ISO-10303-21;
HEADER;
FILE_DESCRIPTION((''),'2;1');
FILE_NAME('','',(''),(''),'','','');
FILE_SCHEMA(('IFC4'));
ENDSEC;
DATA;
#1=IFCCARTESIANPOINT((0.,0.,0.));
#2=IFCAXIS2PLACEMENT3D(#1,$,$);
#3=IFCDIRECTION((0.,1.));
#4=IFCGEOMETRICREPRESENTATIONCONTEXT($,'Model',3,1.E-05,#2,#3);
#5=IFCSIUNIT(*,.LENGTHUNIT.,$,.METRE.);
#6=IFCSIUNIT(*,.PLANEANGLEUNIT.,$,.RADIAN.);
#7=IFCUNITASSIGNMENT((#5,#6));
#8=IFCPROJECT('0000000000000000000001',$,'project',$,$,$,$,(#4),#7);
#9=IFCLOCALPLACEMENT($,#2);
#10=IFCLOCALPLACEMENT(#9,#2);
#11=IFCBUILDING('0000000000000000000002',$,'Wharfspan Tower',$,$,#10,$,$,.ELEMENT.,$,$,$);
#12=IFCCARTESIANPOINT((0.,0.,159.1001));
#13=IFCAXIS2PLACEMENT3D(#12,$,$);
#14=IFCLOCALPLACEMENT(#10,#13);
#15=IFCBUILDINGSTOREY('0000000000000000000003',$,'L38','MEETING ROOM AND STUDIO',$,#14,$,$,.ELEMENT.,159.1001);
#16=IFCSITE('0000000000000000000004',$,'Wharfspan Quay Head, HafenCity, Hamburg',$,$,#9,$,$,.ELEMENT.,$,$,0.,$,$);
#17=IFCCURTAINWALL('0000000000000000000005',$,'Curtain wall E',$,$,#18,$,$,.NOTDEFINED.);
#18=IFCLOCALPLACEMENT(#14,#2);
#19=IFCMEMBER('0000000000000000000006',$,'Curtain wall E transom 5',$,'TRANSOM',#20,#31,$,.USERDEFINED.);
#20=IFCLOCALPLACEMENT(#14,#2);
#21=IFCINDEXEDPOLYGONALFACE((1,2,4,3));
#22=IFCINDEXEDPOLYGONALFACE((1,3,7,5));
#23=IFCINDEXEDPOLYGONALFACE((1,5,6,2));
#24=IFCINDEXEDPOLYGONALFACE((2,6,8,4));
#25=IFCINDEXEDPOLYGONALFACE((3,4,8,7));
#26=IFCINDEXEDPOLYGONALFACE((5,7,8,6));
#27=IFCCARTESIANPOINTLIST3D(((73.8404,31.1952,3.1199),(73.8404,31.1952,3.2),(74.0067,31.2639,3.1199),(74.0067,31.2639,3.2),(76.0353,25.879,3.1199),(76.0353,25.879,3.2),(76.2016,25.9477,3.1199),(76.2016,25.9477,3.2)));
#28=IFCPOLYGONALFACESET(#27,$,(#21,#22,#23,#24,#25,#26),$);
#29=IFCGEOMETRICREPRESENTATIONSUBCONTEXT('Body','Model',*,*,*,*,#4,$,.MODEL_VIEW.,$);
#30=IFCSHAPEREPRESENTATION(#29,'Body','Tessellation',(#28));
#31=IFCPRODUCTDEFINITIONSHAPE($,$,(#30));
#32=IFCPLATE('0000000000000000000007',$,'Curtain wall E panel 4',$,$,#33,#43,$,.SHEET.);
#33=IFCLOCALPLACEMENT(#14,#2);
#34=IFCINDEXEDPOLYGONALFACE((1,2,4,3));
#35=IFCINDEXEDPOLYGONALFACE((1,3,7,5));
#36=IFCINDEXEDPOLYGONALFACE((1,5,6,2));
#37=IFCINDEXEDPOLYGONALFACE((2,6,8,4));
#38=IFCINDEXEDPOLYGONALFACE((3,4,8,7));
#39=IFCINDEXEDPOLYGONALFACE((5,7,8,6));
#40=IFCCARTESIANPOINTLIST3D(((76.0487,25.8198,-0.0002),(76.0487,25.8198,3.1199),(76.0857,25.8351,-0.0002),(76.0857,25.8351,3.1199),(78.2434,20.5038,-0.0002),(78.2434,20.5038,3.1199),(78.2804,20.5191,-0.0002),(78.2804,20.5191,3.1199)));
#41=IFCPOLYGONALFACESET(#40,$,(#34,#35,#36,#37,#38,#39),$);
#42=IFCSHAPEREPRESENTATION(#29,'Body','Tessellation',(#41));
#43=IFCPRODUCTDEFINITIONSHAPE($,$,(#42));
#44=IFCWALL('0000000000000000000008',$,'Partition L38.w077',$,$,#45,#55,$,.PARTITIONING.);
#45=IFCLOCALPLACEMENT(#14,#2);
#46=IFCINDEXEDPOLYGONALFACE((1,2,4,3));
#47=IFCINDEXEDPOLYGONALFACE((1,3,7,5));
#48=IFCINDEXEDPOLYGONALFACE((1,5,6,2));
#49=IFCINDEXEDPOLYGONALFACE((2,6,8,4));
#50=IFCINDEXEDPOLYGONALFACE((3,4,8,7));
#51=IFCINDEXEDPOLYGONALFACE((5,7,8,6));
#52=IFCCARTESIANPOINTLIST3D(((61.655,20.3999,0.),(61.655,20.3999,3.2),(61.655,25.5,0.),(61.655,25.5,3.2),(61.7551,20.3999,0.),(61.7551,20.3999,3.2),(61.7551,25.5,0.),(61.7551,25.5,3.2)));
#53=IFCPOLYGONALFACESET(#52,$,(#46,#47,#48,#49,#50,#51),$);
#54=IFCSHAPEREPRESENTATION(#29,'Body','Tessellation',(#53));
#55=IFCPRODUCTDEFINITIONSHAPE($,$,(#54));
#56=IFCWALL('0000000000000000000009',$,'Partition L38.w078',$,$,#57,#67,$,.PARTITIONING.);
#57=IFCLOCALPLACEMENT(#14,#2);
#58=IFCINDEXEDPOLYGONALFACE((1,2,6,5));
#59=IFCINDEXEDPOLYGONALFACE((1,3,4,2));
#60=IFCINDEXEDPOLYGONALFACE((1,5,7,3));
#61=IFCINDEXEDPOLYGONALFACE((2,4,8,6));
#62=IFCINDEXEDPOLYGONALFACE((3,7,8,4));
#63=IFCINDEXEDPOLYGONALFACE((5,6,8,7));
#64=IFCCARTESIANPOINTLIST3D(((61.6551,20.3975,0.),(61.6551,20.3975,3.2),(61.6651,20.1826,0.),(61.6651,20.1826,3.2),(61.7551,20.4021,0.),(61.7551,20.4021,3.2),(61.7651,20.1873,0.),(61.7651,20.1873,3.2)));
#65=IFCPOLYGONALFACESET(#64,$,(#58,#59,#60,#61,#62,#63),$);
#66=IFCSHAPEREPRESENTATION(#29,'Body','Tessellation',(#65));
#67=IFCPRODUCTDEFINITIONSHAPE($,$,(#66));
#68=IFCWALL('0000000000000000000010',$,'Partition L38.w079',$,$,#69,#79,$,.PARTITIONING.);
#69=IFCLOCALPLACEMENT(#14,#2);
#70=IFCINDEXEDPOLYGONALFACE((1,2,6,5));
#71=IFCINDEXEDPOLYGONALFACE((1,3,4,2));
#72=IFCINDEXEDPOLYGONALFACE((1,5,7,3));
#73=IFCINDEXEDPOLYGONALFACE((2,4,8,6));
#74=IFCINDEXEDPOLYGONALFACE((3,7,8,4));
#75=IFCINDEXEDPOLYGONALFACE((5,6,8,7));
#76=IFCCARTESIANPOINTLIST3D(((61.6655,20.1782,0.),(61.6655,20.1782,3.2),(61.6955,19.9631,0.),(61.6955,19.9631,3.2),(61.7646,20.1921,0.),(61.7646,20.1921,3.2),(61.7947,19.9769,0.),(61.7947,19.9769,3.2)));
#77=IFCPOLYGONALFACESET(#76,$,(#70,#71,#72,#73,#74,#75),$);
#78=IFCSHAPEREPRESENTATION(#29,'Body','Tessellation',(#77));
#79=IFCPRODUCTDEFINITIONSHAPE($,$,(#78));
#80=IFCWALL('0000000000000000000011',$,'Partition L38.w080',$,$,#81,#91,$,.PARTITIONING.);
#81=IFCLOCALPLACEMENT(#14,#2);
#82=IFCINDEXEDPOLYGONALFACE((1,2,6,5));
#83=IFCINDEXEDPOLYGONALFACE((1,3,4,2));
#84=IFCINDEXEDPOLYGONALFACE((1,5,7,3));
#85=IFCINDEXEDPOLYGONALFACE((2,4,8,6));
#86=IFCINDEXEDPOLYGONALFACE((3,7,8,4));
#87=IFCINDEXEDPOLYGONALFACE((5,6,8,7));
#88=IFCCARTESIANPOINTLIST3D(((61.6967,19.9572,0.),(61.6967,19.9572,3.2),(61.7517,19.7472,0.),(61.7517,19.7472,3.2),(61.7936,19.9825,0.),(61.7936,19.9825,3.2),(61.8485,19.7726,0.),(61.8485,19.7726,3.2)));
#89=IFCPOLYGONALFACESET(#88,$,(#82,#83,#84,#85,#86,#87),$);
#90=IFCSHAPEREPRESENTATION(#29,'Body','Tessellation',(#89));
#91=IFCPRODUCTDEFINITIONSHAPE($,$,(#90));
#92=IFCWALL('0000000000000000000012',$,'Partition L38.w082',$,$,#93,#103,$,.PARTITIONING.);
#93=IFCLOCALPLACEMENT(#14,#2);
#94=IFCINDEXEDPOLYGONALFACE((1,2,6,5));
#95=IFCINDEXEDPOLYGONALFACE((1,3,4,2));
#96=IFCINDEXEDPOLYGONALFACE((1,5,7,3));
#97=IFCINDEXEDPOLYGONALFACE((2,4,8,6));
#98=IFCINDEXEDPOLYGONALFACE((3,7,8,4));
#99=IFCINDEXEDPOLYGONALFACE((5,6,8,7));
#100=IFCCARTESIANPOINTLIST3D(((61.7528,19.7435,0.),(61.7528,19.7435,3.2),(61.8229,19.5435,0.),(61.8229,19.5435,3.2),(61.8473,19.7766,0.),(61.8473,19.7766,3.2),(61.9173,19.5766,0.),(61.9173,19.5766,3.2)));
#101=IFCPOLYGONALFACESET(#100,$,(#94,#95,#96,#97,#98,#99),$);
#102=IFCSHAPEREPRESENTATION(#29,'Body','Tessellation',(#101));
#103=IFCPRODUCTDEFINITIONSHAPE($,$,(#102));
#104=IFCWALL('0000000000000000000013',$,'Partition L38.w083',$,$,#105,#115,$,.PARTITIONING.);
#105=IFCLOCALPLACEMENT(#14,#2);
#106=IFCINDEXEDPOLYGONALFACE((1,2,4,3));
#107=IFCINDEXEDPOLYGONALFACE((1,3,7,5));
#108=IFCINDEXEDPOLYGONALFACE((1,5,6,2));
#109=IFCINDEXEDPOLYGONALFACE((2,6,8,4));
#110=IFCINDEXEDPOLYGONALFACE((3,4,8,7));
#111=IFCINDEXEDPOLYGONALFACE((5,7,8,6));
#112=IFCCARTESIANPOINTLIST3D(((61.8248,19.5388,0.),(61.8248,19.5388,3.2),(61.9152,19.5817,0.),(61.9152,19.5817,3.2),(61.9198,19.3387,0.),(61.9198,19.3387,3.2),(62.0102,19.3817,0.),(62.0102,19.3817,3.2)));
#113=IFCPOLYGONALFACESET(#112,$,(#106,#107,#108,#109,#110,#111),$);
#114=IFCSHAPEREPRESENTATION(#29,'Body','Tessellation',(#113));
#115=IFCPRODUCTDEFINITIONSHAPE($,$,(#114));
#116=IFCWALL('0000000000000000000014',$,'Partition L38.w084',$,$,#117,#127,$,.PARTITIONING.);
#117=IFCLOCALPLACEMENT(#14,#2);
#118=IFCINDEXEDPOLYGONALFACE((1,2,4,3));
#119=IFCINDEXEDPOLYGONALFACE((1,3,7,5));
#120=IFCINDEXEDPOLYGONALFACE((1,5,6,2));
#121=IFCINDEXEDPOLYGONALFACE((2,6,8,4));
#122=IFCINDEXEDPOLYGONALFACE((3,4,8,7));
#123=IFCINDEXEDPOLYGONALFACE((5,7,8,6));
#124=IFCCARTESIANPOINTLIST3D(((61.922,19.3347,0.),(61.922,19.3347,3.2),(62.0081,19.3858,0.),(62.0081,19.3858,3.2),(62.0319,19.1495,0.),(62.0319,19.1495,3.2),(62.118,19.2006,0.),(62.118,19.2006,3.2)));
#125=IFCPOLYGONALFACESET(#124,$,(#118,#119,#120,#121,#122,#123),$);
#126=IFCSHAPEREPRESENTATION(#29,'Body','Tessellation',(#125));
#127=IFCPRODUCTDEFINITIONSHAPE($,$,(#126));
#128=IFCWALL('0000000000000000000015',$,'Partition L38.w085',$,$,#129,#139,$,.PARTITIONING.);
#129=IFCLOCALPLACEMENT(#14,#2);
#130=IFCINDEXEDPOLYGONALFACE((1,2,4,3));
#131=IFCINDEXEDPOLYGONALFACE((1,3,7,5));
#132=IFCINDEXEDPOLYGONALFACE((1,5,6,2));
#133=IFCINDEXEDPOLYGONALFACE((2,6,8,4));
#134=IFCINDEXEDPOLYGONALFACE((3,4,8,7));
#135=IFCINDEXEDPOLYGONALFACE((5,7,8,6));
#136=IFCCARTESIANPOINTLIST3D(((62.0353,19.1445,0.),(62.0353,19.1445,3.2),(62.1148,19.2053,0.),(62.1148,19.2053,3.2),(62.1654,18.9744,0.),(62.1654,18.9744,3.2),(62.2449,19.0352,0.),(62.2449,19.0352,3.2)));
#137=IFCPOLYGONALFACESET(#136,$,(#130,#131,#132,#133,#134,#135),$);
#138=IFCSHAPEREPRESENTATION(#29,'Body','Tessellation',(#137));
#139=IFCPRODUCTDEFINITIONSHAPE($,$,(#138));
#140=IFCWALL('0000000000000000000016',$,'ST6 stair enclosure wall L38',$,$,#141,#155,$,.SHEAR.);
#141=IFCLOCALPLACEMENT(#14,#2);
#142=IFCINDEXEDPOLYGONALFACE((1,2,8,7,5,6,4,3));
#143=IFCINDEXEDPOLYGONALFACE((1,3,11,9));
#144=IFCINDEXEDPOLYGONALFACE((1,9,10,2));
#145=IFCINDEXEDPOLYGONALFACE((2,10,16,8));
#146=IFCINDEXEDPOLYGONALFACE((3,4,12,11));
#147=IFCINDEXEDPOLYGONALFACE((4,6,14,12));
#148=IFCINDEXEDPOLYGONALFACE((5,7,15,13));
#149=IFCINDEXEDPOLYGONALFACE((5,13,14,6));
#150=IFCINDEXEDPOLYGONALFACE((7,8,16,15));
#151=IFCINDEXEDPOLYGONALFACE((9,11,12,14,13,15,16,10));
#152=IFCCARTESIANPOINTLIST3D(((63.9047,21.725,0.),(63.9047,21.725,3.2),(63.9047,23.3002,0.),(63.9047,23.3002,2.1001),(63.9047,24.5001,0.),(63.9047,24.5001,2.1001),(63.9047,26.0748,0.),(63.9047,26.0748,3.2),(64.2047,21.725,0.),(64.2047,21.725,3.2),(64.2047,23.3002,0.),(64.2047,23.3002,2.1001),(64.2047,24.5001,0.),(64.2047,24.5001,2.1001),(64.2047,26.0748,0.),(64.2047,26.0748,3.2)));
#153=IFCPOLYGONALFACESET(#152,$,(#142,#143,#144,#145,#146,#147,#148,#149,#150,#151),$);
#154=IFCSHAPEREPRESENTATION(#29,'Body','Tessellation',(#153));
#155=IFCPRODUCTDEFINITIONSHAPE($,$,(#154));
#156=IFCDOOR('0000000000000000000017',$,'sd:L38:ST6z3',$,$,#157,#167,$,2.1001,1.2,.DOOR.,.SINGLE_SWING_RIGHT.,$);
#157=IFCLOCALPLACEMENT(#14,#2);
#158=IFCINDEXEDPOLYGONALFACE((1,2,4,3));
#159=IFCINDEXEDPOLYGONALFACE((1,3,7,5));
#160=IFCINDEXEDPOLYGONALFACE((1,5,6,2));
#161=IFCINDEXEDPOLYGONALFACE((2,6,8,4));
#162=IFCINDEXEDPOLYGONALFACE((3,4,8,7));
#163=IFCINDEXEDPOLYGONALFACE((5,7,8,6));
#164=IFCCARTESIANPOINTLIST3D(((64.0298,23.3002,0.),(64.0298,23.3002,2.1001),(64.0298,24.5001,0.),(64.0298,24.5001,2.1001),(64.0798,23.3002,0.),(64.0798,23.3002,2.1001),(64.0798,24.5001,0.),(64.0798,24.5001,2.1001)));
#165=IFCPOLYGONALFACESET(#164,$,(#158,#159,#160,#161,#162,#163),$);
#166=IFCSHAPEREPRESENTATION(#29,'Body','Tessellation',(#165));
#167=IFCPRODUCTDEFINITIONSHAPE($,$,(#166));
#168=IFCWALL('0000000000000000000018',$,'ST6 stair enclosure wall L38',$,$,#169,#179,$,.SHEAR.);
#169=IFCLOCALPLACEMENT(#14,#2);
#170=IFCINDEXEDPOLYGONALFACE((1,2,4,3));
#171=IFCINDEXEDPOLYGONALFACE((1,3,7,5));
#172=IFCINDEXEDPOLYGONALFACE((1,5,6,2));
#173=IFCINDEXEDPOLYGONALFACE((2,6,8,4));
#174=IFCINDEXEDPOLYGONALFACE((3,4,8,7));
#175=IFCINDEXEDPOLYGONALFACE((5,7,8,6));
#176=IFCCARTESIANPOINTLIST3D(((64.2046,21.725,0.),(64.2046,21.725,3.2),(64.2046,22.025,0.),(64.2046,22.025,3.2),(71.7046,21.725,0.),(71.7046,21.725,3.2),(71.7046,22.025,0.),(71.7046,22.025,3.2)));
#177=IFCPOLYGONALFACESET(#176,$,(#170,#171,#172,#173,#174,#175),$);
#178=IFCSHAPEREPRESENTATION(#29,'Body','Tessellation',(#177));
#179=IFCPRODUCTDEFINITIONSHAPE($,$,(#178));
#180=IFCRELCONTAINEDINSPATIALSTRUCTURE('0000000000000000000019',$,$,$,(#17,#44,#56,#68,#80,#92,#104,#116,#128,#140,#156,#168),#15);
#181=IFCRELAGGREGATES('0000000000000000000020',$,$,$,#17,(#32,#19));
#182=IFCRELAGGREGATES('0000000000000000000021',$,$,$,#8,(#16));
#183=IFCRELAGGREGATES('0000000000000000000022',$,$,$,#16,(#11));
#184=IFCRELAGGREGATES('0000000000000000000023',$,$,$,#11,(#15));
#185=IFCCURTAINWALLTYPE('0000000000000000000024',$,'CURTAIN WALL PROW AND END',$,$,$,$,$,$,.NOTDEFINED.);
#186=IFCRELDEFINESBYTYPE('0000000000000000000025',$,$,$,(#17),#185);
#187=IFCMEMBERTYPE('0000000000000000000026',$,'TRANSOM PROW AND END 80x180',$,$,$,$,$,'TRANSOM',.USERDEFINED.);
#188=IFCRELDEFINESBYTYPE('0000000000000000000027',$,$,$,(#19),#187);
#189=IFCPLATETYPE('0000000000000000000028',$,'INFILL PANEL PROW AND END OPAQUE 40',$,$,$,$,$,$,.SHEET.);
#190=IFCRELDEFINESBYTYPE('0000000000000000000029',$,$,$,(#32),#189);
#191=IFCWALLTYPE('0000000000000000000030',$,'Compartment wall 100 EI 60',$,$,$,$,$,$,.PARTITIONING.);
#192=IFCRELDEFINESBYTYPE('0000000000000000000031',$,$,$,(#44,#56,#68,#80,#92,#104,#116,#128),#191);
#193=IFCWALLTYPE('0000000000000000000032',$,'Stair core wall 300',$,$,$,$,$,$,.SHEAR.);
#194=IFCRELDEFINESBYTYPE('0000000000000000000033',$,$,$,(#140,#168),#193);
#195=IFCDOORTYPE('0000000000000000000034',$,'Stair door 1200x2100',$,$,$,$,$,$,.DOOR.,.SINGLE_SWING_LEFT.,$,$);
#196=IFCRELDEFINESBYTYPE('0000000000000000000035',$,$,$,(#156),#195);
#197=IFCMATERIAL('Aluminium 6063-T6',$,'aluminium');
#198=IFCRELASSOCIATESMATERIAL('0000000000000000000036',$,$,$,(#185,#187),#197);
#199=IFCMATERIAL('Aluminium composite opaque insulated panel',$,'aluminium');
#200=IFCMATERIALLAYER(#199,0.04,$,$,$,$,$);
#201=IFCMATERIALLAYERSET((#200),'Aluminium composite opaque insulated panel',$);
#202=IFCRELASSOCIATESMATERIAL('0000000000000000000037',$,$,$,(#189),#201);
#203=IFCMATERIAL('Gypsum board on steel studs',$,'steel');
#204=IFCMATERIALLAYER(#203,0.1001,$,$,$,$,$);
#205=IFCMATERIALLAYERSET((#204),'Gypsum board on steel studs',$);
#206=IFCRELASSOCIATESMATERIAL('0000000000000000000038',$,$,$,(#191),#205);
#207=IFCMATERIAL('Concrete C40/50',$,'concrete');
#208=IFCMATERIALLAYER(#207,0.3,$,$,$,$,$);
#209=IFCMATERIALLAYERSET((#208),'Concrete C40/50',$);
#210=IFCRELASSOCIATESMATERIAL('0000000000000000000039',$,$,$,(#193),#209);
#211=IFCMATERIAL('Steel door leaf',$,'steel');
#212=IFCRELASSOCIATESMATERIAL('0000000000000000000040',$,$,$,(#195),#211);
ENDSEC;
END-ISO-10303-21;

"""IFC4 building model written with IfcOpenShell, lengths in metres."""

from ifc_helpers import new_model, si_unit, direction, frame, frame_2d, origin, origin_2d, place, context, subcontext, project, spatial, rectangle, extrude, material, layer, layer_set, material_profile, profile_set, type_object, element, fill, aggregate, save


model = new_model("IFC4")

# Units and contexts
model_context = context("Model", 3, precision=1e-05, world=origin(), true_north=direction((0.0, 1.0)))
body_context = subcontext(model_context, "Body", "Model", "MODEL_VIEW")
ifc_project = project(units=[si_unit("LENGTHUNIT", "METRE"), si_unit("PLANEANGLEUNIT", "RADIAN")], contexts=[model_context])

# Site, building, storey
site_placement = place(None, origin())
site = spatial("IfcSite", under=ifc_project, at=site_placement, Name="Wharfspan Quay Head, HafenCity, Hamburg", CompositionType="ELEMENT", RefElevation=0.0)
building_placement = place(site_placement, origin())
building = spatial("IfcBuilding", under=site, at=building_placement, Name="Wharfspan Tower", CompositionType="ELEMENT")
storey_placement = place(building_placement, frame((0.0, 0.0, 159.1001)))
storey = spatial("IfcBuildingStorey", under=building, at=storey_placement, Name="L38", Description="MEETING ROOM AND STUDIO", CompositionType="ELEMENT", Elevation=159.1001)

# Curtain wall
ifc_material_1 = material(Name="Aluminium 6063-T6", Category="aluminium")
curtain_wall_type = type_object("IfcCurtainWallType", Name="CURTAIN WALL PROW AND END", PredefinedType="NOTDEFINED", material=ifc_material_1)
curtain_wall_placement = place(storey_placement, origin())
curtain_wall = element("IfcCurtainWall", 1, at=curtain_wall_placement, inside=storey, type_object=curtain_wall_type, Name="Curtain wall E", PredefinedType="NOTDEFINED")

# Member
ifc_material_profile_1 = material_profile(ifc_material_1, rectangle(XDim=0.1799, YDim=0.0801, at=origin_2d()))
ifc_profile_set_1 = profile_set([ifc_material_profile_1], Name="Aluminium 6063-T6")
member_type_1 = type_object("IfcMemberType", Name="TRANSOM PROW AND END 80x180", ElementType="TRANSOM", PredefinedType="USERDEFINED", material=ifc_profile_set_1)
member_1_placement = place(storey_placement, frame((76.1184, 25.9133, 3.1599), z_axis=(-0.381614, 0.924322, 0.0), x_axis=(-0.924322, -0.381614, 0.0)))
member_1 = element("IfcMember", 2, at=member_1_placement, type_object=member_type_1, Name="Curtain wall E transom 5", ObjectType="TRANSOM", PredefinedType="USERDEFINED", context=body_context, shape_type="SweptSolid", body=[
    extrude(rectangle(XDim=0.1799, YDim=0.0801, at=origin_2d()), origin(), (0.0, 0.0, 1.0), 5.7515),
])

# Plate
ifc_material_2 = material(Name="Aluminium composite opaque insulated panel", Category="aluminium")
ifc_layer_1 = layer(ifc_material_2, 0.04)
ifc_layer_set_1 = layer_set([ifc_layer_1], Name="Aluminium composite opaque insulated panel")
plate_type = type_object("IfcPlateType", Name="INFILL PANEL PROW AND END OPAQUE 40", PredefinedType="SHEET", material=ifc_layer_set_1)
plate_placement = place(storey_placement, frame((77.1646, 23.1694, -0.0002), z_axis=(0.0, 0.0, 1.0), x_axis=(-0.381602, 0.924325, 0.0)))
plate = element("IfcPlate", 3, at=plate_placement, type_object=plate_type, Name="Curtain wall E panel 4", PredefinedType="SHEET", context=body_context, shape_type="SweptSolid", body=[
    extrude(rectangle(XDim=5.7512, YDim=0.04, at=origin_2d()), origin(), (0.0, 0.0, 1.0), 3.1201),
])
aggregate(curtain_wall, [plate, member_1])

# Walls
ifc_material_3 = material(Name="Gypsum board on steel studs", Category="steel")
ifc_layer_2 = layer(ifc_material_3, 0.1001)
ifc_layer_set_2 = layer_set([ifc_layer_2], Name="Gypsum board on steel studs")
wall_type_1 = type_object("IfcWallType", Name="Compartment wall 100 EI 60", PredefinedType="PARTITIONING", material=ifc_layer_set_2)
wall_1_placement = place(storey_placement, frame((61.7051, 20.3999, 0.0), z_axis=(0.0, 0.0, 1.0), x_axis=(0.0, 1.0, 0.0)))
element("IfcWall", 4, at=wall_1_placement, inside=storey, type_object=wall_type_1, Name="Partition L38.w077", PredefinedType="PARTITIONING", context=body_context, shape_type="SweptSolid", body=[
    extrude(rectangle(XDim=5.1001, YDim=0.1001, at=frame_2d((2.55, 0.0))), origin(), (0.0, 0.0, 1.0), 3.2),
])
wall_2_placement = place(storey_placement, frame((61.7151, 20.1851, 0.0), z_axis=(0.0, 0.0, 1.0), x_axis=(-0.04654, 0.998912, 0.0)))
element("IfcWall", 5, at=wall_2_placement, inside=storey, type_object=wall_type_1, Name="Partition L38.w078", PredefinedType="PARTITIONING", context=body_context, shape_type="SweptSolid", body=[
    extrude(rectangle(XDim=0.2151, YDim=0.1001, at=frame_2d((0.1074, 0.0))), origin(), (0.0, 0.0, 1.0), 3.2),
])
wall_3_placement = place(storey_placement, frame((61.7451, 19.97, 0.0), z_axis=(0.0, 0.0, 1.0), x_axis=(-0.138273, 0.990394, 0.0)))
element("IfcWall", 6, at=wall_3_placement, inside=storey, type_object=wall_type_1, Name="Partition L38.w079", PredefinedType="PARTITIONING", context=body_context, shape_type="SweptSolid", body=[
    extrude(rectangle(XDim=0.2173, YDim=0.1001, at=frame_2d((0.1086, 0.0))), origin(), (0.0, 0.0, 1.0), 3.2),
])
wall_4_placement = place(storey_placement, frame((61.8, 19.76, 0.0), z_axis=(0.0, 0.0, 1.0), x_axis=(-0.253108, 0.967435, 0.0)))
element("IfcWall", 7, at=wall_4_placement, inside=storey, type_object=wall_type_1, Name="Partition L38.w080", PredefinedType="PARTITIONING", context=body_context, shape_type="SweptSolid", body=[
    extrude(rectangle(XDim=0.217, YDim=0.1001, at=frame_2d((0.1084, 0.0))), origin(), (0.0, 0.0, 1.0), 3.2),
])
wall_5_placement = place(storey_placement, frame((61.8701, 19.5601, 0.0), z_axis=(0.0, 0.0, 1.0), x_axis=(-0.330711, 0.943736, 0.0)))
element("IfcWall", 8, at=wall_5_placement, inside=storey, type_object=wall_type_1, Name="Partition L38.w082", PredefinedType="PARTITIONING", context=body_context, shape_type="SweptSolid", body=[
    extrude(rectangle(XDim=0.2119, YDim=0.1001, at=frame_2d((0.106, 0.0))), origin(), (0.0, 0.0, 1.0), 3.2),
])
wall_6_placement = place(storey_placement, frame((61.9651, 19.3601, 0.0), z_axis=(0.0, 0.0, 1.0), x_axis=(-0.429036, 0.903292, 0.0)))
element("IfcWall", 9, at=wall_6_placement, inside=storey, type_object=wall_type_1, Name="Partition L38.w083", PredefinedType="PARTITIONING", context=body_context, shape_type="SweptSolid", body=[
    extrude(rectangle(XDim=0.2214, YDim=0.1001, at=frame_2d((0.1108, 0.0))), origin(), (0.0, 0.0, 1.0), 3.2),
])
wall_7_placement = place(storey_placement, frame((62.075, 19.175, 0.0), z_axis=(0.0, 0.0, 1.0), x_axis=(-0.510487, 0.859887, 0.0)))
element("IfcWall", 10, at=wall_7_placement, inside=storey, type_object=wall_type_1, Name="Partition L38.w084", PredefinedType="PARTITIONING", context=body_context, shape_type="SweptSolid", body=[
    extrude(rectangle(XDim=0.2153, YDim=0.1001, at=frame_2d((0.1077, 0.0))), origin(), (0.0, 0.0, 1.0), 3.2),
])
wall_8_placement = place(storey_placement, frame((62.2051, 19.0049, 0.0), z_axis=(0.0, 0.0, 1.0), x_axis=(-0.607451, 0.794359, 0.0)))
element("IfcWall", 11, at=wall_8_placement, inside=storey, type_object=wall_type_1, Name="Partition L38.w085", PredefinedType="PARTITIONING", context=body_context, shape_type="SweptSolid", body=[
    extrude(rectangle(XDim=0.2141, YDim=0.1001, at=frame_2d((0.1069, 0.0))), origin(), (0.0, 0.0, 1.0), 3.2),
])

# Wall, opening, door
ifc_material_4 = material(Name="Concrete C40/50", Category="concrete")
ifc_layer_3 = layer(ifc_material_4, 0.3)
ifc_layer_set_3 = layer_set([ifc_layer_3], Name="Concrete C40/50")
wall_type_2 = type_object("IfcWallType", Name="Stair core wall 300", PredefinedType="SHEAR", material=ifc_layer_set_3)
wall_9_placement = place(storey_placement, frame((64.0547, 21.7251, 0.0), z_axis=(0.0, 0.0, 1.0), x_axis=(0.0, 1.0, 0.0)))
wall_9 = element("IfcWall", 12, at=wall_9_placement, inside=storey, type_object=wall_type_2, Name="ST6 stair enclosure wall L38", PredefinedType="SHEAR", context=body_context, shape_type="SweptSolid", body=[
    extrude(rectangle(XDim=4.3499, YDim=0.3, at=frame_2d((2.1748, 0.0))), origin(), (0.0, 0.0, 1.0), 3.2),
])
opening_placement = place(wall_9_placement, frame((1.575, 0.0, 0.0)))
opening = element("IfcOpeningElement", 13, at=opening_placement, cuts=wall_9, PredefinedType="OPENING", context=body_context, shape_type="SweptSolid", body=[
    extrude(rectangle(XDim=1.2, YDim=2.1001, at=frame_2d((0.6001, 1.05))), frame((0.0, 0.1599, 0.0), z_axis=(0.0, -1.0, 0.0), x_axis=(1.0, 0.0, 0.0)), (0.0, 0.0, 1.0), 0.3201),
])
ifc_material_5 = material(Name="Steel door leaf", Category="steel")
door_type = type_object("IfcDoorType", Name="Stair door 1200x2100", OperationType="SINGLE_SWING_LEFT", PredefinedType="DOOR", material=ifc_material_5)
door_placement = place(opening_placement, origin())
door = element("IfcDoor", 14, at=door_placement, inside=storey, type_object=door_type, Name="sd:L38:ST6z3", OperationType="SINGLE_SWING_RIGHT", OverallHeight=2.1001, OverallWidth=1.2, PredefinedType="DOOR", context=body_context, shape_type="SweptSolid", body=[
    extrude(rectangle(XDim=1.2, YDim=2.1001, at=frame_2d((0.6001, 1.05))), frame((0.0, 0.0249, 0.0), z_axis=(0.0, -1.0, 0.0), x_axis=(1.0, 0.0, 0.0)), (0.0, 0.0, 1.0), 0.05),
])
fill(opening, door)

# Wall
wall_10_placement = place(storey_placement, frame((64.2046, 21.875, 0.0), z_axis=(0.0, 0.0, 1.0), x_axis=(1.0, 0.0, 0.0)))
element("IfcWall", 15, at=wall_10_placement, inside=storey, type_object=wall_type_2, Name="ST6 stair enclosure wall L38", PredefinedType="SHEAR", context=body_context, shape_type="SweptSolid", body=[
    extrude(rectangle(XDim=7.5, YDim=0.3, at=frame_2d((3.75, 0.0))), origin(), (0.0, 0.0, 1.0), 3.2),
])

save(model, "model.ifc")
